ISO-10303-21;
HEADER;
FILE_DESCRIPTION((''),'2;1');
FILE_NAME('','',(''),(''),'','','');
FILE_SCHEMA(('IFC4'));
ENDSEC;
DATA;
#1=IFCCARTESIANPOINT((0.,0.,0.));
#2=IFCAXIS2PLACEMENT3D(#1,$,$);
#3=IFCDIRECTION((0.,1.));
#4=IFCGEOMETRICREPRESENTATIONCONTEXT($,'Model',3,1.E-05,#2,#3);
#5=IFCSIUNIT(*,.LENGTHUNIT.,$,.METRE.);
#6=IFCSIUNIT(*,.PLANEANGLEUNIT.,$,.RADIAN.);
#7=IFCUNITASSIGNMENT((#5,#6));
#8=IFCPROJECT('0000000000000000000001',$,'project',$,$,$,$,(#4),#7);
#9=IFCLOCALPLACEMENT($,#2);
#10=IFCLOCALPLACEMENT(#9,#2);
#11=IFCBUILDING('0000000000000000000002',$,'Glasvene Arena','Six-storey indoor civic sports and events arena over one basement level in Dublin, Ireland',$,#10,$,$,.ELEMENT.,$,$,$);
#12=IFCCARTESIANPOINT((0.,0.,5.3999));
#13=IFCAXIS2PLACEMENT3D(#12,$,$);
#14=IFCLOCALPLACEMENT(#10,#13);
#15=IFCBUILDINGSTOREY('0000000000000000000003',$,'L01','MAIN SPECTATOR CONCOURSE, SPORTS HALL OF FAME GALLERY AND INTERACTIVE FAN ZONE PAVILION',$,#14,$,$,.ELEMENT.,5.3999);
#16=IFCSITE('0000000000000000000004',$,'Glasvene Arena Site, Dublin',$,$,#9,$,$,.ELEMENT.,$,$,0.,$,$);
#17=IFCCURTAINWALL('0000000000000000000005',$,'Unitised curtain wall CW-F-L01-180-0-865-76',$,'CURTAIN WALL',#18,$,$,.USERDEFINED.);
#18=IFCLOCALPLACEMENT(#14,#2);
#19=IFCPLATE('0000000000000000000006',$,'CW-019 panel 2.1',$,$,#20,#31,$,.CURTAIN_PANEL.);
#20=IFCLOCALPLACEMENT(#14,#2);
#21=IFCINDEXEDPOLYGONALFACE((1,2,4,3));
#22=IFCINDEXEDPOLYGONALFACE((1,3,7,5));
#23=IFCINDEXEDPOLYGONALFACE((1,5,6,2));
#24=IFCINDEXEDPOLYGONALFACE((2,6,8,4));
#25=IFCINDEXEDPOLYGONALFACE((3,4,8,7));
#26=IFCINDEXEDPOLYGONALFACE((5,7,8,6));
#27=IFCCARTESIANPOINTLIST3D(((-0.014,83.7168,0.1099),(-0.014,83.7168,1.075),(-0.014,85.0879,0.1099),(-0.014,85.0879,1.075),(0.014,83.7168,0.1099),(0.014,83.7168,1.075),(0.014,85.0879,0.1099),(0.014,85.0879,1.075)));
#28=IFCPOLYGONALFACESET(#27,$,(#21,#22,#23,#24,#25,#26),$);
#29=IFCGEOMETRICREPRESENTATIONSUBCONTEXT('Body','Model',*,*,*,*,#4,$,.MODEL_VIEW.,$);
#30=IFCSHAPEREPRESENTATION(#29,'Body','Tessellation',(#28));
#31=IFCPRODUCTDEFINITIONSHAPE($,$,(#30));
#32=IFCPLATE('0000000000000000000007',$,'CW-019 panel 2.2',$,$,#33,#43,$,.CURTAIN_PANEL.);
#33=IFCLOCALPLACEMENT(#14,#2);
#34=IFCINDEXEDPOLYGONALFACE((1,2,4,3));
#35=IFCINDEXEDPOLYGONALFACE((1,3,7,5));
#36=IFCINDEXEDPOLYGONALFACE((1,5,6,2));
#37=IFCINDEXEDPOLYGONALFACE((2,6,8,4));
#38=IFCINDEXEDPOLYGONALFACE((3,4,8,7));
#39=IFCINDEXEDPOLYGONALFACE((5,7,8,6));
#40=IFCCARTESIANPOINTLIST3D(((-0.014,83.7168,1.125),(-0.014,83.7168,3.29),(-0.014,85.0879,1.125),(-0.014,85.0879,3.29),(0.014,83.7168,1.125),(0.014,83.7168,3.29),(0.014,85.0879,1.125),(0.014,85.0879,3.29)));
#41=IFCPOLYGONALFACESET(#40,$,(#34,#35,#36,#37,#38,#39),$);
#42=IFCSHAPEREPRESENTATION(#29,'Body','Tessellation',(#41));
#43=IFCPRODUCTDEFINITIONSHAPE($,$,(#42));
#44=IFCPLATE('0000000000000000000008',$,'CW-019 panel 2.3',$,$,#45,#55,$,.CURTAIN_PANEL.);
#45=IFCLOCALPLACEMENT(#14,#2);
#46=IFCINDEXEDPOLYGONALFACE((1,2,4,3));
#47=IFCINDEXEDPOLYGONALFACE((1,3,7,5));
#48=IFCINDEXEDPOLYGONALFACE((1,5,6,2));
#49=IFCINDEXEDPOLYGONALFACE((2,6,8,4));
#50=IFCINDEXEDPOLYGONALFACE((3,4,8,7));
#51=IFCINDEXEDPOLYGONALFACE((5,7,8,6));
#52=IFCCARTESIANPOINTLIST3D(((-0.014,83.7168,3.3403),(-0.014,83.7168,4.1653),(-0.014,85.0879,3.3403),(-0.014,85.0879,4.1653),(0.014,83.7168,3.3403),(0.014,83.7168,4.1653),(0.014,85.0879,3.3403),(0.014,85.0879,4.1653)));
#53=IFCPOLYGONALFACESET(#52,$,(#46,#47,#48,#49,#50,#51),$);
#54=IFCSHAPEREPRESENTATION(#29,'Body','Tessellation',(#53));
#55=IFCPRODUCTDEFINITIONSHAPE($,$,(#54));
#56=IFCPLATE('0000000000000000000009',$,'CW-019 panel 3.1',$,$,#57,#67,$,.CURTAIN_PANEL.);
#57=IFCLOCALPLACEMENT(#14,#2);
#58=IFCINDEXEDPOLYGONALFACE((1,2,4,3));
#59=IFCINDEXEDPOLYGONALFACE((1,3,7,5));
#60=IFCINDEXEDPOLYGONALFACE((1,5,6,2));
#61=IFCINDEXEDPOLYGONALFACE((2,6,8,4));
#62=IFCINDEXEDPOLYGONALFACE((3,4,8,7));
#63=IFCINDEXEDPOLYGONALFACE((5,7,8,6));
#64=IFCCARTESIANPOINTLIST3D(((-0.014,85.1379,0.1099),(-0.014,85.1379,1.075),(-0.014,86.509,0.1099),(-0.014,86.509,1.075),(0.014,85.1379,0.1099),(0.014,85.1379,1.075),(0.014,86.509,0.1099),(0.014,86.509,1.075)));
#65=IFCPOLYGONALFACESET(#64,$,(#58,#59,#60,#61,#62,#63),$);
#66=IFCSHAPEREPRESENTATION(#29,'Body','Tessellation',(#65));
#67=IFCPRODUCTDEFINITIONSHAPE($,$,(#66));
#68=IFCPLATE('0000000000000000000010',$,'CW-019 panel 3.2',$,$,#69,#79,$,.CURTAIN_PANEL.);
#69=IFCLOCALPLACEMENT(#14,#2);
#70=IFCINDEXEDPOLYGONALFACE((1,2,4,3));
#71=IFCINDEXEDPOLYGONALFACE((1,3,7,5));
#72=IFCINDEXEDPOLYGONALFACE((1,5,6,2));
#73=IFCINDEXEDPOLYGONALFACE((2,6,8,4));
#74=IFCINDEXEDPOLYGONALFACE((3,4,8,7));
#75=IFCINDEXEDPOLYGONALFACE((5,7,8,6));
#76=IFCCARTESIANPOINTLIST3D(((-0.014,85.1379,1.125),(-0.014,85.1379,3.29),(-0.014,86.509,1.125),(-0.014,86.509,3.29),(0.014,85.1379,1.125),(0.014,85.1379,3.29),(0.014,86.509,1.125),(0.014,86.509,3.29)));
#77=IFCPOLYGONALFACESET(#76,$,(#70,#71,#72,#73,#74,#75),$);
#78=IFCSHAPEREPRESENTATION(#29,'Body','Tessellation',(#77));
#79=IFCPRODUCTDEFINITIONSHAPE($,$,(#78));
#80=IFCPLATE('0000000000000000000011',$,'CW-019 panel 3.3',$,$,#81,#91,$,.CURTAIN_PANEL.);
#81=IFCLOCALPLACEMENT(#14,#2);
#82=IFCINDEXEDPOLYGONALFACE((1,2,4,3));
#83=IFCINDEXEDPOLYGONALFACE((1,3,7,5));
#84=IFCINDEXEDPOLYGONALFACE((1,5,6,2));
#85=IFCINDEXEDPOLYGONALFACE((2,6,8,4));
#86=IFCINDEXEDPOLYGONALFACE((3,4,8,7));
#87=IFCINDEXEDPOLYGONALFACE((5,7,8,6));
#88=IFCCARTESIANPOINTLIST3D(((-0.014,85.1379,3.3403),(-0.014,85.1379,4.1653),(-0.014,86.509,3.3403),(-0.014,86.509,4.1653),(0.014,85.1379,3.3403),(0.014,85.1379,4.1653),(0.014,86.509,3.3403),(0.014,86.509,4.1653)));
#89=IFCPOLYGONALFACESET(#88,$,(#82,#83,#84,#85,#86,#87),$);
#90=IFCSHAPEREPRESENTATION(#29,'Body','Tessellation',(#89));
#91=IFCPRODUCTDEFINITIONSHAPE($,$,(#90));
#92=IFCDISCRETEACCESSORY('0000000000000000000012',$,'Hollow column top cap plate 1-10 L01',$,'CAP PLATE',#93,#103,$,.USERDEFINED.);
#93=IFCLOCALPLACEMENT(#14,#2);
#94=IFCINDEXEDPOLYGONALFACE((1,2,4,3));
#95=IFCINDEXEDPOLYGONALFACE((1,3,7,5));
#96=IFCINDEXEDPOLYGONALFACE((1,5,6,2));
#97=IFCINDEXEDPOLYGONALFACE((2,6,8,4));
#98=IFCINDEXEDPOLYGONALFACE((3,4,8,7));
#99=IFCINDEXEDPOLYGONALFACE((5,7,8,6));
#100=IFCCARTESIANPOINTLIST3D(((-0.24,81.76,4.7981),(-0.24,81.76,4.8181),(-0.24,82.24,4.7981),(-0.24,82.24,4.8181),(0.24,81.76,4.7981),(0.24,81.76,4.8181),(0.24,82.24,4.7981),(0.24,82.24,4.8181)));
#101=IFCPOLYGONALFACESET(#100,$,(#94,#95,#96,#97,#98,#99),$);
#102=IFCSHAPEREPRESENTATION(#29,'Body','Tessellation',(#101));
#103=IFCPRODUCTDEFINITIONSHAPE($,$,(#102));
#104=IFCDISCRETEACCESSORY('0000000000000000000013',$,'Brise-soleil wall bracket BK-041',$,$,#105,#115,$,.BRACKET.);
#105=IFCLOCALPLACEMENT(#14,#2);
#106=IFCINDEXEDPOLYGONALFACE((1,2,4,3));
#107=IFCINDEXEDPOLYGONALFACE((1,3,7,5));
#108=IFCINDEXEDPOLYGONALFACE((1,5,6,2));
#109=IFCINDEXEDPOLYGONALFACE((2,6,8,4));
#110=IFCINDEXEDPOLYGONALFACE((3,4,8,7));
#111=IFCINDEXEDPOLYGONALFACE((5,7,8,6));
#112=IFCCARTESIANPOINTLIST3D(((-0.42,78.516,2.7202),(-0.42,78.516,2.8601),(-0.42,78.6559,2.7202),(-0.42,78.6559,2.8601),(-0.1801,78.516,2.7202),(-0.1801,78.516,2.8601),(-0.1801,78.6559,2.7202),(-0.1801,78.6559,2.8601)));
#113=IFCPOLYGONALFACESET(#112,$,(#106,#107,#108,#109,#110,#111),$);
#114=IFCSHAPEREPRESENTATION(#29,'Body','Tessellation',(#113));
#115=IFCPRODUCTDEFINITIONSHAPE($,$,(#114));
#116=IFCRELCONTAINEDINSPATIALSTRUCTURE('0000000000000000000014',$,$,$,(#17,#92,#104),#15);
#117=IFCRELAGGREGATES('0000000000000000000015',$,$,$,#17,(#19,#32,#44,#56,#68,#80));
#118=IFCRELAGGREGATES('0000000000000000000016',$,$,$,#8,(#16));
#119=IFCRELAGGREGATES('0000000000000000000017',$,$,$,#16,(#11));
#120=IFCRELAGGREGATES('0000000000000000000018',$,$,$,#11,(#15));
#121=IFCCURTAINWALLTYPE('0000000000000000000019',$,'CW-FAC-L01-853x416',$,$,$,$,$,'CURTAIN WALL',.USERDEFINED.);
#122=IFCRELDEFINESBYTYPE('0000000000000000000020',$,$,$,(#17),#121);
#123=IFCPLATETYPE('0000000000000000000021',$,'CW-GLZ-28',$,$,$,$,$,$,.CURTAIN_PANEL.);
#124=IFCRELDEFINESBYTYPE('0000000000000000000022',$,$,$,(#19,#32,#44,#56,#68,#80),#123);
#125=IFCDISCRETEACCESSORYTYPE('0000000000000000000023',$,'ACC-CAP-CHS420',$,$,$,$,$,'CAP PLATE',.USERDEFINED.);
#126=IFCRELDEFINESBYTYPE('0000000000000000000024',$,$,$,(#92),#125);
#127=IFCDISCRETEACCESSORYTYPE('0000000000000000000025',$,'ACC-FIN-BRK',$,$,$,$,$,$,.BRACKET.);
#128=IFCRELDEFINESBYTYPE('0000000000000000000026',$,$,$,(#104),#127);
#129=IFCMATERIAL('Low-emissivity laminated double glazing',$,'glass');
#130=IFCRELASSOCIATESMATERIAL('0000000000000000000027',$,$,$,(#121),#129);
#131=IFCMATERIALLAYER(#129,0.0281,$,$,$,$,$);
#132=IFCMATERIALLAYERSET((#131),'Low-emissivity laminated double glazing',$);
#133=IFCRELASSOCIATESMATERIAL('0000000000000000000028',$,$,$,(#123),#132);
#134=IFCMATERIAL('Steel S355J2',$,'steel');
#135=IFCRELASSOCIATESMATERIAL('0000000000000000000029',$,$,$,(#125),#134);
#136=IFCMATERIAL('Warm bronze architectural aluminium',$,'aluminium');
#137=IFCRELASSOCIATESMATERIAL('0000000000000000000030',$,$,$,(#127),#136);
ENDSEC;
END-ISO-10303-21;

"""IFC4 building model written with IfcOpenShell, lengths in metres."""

from ifc_helpers import new_model, si_unit, direction, frame, origin, origin_2d, place, context, subcontext, project, spatial, rectangle, extrude, material, layer, layer_set, type_object, element, aggregate, save


model = new_model("IFC4")

# Units and contexts
model_context = context("Model", 3, precision=1e-05, world=origin(), true_north=direction((0.0, 1.0)))
body_context = subcontext(model_context, "Body", "Model", "MODEL_VIEW")
ifc_project = project(units=[si_unit("LENGTHUNIT", "METRE"), si_unit("PLANEANGLEUNIT", "RADIAN")], contexts=[model_context])

# Site, building, storey
site_placement = place(None, origin())
site = spatial("IfcSite", under=ifc_project, at=site_placement, Name="Glasvene Arena Site, Dublin", CompositionType="ELEMENT", RefElevation=0.0)
building_placement = place(site_placement, origin())
building = spatial("IfcBuilding", under=site, at=building_placement, Name="Glasvene Arena", Description="Six-storey indoor civic sports and events arena over one basement level in Dublin, Ireland", CompositionType="ELEMENT")
storey_placement = place(building_placement, frame((0.0, 0.0, 5.3999)))
storey = spatial("IfcBuildingStorey", under=building, at=storey_placement, Name="L01", Description="MAIN SPECTATOR CONCOURSE, SPORTS HALL OF FAME GALLERY AND INTERACTIVE FAN ZONE PAVILION", CompositionType="ELEMENT", Elevation=5.3999)

# Shared definitions
ifc_material_1 = material(Name="Steel S355J2", Category="steel")

# Curtain wall, plates
ifc_material_2 = material(Name="Low-emissivity laminated double glazing", Category="glass")
curtain_wall_type = type_object("IfcCurtainWallType", Name="CW-FAC-L01-853x416", ElementType="CURTAIN WALL", PredefinedType="USERDEFINED", material=ifc_material_2)
curtain_wall_placement = place(storey_placement, frame((0.0, 82.2705, 0.0)))
curtain_wall = element("IfcCurtainWall", 1, at=curtain_wall_placement, inside=storey, type_object=curtain_wall_type, Name="Unitised curtain wall CW-F-L01-180-0-865-76", ObjectType="CURTAIN WALL", PredefinedType="USERDEFINED")
ifc_layer = layer(ifc_material_2, 0.0281)
ifc_layer_set = layer_set([ifc_layer], Name="Low-emissivity laminated double glazing")
plate_type = type_object("IfcPlateType", Name="CW-GLZ-28", PredefinedType="CURTAIN_PANEL", material=ifc_layer_set)
plate_1_placement = place(storey_placement, frame((0.0, 84.4023, 0.1099), z_axis=(0.0, 0.0, 1.0), x_axis=(0.0, 1.0, 0.0)))
plate_1 = element("IfcPlate", 2, at=plate_1_placement, type_object=plate_type, Name="CW-019 panel 2.1", PredefinedType="CURTAIN_PANEL", context=body_context, shape_type="SweptSolid", body=[
    extrude(rectangle(XDim=1.3711, YDim=0.0281, at=origin_2d()), origin(), (0.0, 0.0, 1.0), 0.9651),
])
plate_2_placement = place(storey_placement, frame((0.0, 84.4023, 1.125), z_axis=(0.0, 0.0, 1.0), x_axis=(0.0, 1.0, 0.0)))
plate_2 = element("IfcPlate", 3, at=plate_2_placement, type_object=plate_type, Name="CW-019 panel 2.2", PredefinedType="CURTAIN_PANEL", context=body_context, shape_type="SweptSolid", body=[
    extrude(rectangle(XDim=1.3711, YDim=0.0281, at=origin_2d()), origin(), (0.0, 0.0, 1.0), 2.165),
])
plate_3_placement = place(storey_placement, frame((0.0, 84.4023, 3.3403), z_axis=(0.0, 0.0, 1.0), x_axis=(0.0, 1.0, 0.0)))
plate_3 = element("IfcPlate", 4, at=plate_3_placement, type_object=plate_type, Name="CW-019 panel 2.3", PredefinedType="CURTAIN_PANEL", context=body_context, shape_type="SweptSolid", body=[
    extrude(rectangle(XDim=1.3711, YDim=0.0281, at=origin_2d()), origin(), (0.0, 0.0, 1.0), 0.825),
])
plate_4_placement = place(storey_placement, frame((0.0, 85.8235, 0.1099), z_axis=(0.0, 0.0, 1.0), x_axis=(0.0, 1.0, 0.0)))
plate_4 = element("IfcPlate", 5, at=plate_4_placement, type_object=plate_type, Name="CW-019 panel 3.1", PredefinedType="CURTAIN_PANEL", context=body_context, shape_type="SweptSolid", body=[
    extrude(rectangle(XDim=1.3711, YDim=0.0281, at=origin_2d()), origin(), (0.0, 0.0, 1.0), 0.9651),
])
plate_5_placement = place(storey_placement, frame((0.0, 85.8235, 1.125), z_axis=(0.0, 0.0, 1.0), x_axis=(0.0, 1.0, 0.0)))
plate_5 = element("IfcPlate", 6, at=plate_5_placement, type_object=plate_type, Name="CW-019 panel 3.2", PredefinedType="CURTAIN_PANEL", context=body_context, shape_type="SweptSolid", body=[
    extrude(rectangle(XDim=1.3711, YDim=0.0281, at=origin_2d()), origin(), (0.0, 0.0, 1.0), 2.165),
])
plate_6_placement = place(storey_placement, frame((0.0, 85.8235, 3.3403), z_axis=(0.0, 0.0, 1.0), x_axis=(0.0, 1.0, 0.0)))
plate_6 = element("IfcPlate", 7, at=plate_6_placement, type_object=plate_type, Name="CW-019 panel 3.3", PredefinedType="CURTAIN_PANEL", context=body_context, shape_type="SweptSolid", body=[
    extrude(rectangle(XDim=1.3711, YDim=0.0281, at=origin_2d()), origin(), (0.0, 0.0, 1.0), 0.825),
])
aggregate(curtain_wall, [plate_1, plate_2, plate_3, plate_4, plate_5, plate_6])

# Discrete accessories
discrete_accessory_type_1 = type_object("IfcDiscreteAccessoryType", Name="ACC-CAP-CHS420", ElementType="CAP PLATE", PredefinedType="USERDEFINED", material=ifc_material_1)
discrete_accessory_1_placement = place(storey_placement, frame((0.0, 82.0, 4.7981), z_axis=(0.0, 0.0, 1.0), x_axis=(1.0, 0.0, 0.0)))
element("IfcDiscreteAccessory", 8, at=discrete_accessory_1_placement, inside=storey, type_object=discrete_accessory_type_1, Name="Hollow column top cap plate 1-10 L01", ObjectType="CAP PLATE", PredefinedType="USERDEFINED", context=body_context, shape_type="SweptSolid", body=[
    extrude(rectangle(XDim=0.48, YDim=0.48, at=origin_2d()), origin(), (0.0, 0.0, 1.0), 0.02),
])
ifc_material_3 = material(Name="Warm bronze architectural aluminium", Category="aluminium")
discrete_accessory_type_2 = type_object("IfcDiscreteAccessoryType", Name="ACC-FIN-BRK", PredefinedType="BRACKET", material=ifc_material_3)
discrete_accessory_2_placement = place(storey_placement, frame((-0.3, 78.5859, 2.7202), z_axis=(0.0, 0.0, 1.0), x_axis=(0.0, 1.0, 0.0)))
element("IfcDiscreteAccessory", 9, at=discrete_accessory_2_placement, inside=storey, type_object=discrete_accessory_type_2, Name="Brise-soleil wall bracket BK-041", PredefinedType="BRACKET", context=body_context, shape_type="SweptSolid", body=[
    extrude(rectangle(XDim=0.1399, YDim=0.24, at=origin_2d()), origin(), (0.0, 0.0, 1.0), 0.1399),
])

save(model, "model.ifc")
